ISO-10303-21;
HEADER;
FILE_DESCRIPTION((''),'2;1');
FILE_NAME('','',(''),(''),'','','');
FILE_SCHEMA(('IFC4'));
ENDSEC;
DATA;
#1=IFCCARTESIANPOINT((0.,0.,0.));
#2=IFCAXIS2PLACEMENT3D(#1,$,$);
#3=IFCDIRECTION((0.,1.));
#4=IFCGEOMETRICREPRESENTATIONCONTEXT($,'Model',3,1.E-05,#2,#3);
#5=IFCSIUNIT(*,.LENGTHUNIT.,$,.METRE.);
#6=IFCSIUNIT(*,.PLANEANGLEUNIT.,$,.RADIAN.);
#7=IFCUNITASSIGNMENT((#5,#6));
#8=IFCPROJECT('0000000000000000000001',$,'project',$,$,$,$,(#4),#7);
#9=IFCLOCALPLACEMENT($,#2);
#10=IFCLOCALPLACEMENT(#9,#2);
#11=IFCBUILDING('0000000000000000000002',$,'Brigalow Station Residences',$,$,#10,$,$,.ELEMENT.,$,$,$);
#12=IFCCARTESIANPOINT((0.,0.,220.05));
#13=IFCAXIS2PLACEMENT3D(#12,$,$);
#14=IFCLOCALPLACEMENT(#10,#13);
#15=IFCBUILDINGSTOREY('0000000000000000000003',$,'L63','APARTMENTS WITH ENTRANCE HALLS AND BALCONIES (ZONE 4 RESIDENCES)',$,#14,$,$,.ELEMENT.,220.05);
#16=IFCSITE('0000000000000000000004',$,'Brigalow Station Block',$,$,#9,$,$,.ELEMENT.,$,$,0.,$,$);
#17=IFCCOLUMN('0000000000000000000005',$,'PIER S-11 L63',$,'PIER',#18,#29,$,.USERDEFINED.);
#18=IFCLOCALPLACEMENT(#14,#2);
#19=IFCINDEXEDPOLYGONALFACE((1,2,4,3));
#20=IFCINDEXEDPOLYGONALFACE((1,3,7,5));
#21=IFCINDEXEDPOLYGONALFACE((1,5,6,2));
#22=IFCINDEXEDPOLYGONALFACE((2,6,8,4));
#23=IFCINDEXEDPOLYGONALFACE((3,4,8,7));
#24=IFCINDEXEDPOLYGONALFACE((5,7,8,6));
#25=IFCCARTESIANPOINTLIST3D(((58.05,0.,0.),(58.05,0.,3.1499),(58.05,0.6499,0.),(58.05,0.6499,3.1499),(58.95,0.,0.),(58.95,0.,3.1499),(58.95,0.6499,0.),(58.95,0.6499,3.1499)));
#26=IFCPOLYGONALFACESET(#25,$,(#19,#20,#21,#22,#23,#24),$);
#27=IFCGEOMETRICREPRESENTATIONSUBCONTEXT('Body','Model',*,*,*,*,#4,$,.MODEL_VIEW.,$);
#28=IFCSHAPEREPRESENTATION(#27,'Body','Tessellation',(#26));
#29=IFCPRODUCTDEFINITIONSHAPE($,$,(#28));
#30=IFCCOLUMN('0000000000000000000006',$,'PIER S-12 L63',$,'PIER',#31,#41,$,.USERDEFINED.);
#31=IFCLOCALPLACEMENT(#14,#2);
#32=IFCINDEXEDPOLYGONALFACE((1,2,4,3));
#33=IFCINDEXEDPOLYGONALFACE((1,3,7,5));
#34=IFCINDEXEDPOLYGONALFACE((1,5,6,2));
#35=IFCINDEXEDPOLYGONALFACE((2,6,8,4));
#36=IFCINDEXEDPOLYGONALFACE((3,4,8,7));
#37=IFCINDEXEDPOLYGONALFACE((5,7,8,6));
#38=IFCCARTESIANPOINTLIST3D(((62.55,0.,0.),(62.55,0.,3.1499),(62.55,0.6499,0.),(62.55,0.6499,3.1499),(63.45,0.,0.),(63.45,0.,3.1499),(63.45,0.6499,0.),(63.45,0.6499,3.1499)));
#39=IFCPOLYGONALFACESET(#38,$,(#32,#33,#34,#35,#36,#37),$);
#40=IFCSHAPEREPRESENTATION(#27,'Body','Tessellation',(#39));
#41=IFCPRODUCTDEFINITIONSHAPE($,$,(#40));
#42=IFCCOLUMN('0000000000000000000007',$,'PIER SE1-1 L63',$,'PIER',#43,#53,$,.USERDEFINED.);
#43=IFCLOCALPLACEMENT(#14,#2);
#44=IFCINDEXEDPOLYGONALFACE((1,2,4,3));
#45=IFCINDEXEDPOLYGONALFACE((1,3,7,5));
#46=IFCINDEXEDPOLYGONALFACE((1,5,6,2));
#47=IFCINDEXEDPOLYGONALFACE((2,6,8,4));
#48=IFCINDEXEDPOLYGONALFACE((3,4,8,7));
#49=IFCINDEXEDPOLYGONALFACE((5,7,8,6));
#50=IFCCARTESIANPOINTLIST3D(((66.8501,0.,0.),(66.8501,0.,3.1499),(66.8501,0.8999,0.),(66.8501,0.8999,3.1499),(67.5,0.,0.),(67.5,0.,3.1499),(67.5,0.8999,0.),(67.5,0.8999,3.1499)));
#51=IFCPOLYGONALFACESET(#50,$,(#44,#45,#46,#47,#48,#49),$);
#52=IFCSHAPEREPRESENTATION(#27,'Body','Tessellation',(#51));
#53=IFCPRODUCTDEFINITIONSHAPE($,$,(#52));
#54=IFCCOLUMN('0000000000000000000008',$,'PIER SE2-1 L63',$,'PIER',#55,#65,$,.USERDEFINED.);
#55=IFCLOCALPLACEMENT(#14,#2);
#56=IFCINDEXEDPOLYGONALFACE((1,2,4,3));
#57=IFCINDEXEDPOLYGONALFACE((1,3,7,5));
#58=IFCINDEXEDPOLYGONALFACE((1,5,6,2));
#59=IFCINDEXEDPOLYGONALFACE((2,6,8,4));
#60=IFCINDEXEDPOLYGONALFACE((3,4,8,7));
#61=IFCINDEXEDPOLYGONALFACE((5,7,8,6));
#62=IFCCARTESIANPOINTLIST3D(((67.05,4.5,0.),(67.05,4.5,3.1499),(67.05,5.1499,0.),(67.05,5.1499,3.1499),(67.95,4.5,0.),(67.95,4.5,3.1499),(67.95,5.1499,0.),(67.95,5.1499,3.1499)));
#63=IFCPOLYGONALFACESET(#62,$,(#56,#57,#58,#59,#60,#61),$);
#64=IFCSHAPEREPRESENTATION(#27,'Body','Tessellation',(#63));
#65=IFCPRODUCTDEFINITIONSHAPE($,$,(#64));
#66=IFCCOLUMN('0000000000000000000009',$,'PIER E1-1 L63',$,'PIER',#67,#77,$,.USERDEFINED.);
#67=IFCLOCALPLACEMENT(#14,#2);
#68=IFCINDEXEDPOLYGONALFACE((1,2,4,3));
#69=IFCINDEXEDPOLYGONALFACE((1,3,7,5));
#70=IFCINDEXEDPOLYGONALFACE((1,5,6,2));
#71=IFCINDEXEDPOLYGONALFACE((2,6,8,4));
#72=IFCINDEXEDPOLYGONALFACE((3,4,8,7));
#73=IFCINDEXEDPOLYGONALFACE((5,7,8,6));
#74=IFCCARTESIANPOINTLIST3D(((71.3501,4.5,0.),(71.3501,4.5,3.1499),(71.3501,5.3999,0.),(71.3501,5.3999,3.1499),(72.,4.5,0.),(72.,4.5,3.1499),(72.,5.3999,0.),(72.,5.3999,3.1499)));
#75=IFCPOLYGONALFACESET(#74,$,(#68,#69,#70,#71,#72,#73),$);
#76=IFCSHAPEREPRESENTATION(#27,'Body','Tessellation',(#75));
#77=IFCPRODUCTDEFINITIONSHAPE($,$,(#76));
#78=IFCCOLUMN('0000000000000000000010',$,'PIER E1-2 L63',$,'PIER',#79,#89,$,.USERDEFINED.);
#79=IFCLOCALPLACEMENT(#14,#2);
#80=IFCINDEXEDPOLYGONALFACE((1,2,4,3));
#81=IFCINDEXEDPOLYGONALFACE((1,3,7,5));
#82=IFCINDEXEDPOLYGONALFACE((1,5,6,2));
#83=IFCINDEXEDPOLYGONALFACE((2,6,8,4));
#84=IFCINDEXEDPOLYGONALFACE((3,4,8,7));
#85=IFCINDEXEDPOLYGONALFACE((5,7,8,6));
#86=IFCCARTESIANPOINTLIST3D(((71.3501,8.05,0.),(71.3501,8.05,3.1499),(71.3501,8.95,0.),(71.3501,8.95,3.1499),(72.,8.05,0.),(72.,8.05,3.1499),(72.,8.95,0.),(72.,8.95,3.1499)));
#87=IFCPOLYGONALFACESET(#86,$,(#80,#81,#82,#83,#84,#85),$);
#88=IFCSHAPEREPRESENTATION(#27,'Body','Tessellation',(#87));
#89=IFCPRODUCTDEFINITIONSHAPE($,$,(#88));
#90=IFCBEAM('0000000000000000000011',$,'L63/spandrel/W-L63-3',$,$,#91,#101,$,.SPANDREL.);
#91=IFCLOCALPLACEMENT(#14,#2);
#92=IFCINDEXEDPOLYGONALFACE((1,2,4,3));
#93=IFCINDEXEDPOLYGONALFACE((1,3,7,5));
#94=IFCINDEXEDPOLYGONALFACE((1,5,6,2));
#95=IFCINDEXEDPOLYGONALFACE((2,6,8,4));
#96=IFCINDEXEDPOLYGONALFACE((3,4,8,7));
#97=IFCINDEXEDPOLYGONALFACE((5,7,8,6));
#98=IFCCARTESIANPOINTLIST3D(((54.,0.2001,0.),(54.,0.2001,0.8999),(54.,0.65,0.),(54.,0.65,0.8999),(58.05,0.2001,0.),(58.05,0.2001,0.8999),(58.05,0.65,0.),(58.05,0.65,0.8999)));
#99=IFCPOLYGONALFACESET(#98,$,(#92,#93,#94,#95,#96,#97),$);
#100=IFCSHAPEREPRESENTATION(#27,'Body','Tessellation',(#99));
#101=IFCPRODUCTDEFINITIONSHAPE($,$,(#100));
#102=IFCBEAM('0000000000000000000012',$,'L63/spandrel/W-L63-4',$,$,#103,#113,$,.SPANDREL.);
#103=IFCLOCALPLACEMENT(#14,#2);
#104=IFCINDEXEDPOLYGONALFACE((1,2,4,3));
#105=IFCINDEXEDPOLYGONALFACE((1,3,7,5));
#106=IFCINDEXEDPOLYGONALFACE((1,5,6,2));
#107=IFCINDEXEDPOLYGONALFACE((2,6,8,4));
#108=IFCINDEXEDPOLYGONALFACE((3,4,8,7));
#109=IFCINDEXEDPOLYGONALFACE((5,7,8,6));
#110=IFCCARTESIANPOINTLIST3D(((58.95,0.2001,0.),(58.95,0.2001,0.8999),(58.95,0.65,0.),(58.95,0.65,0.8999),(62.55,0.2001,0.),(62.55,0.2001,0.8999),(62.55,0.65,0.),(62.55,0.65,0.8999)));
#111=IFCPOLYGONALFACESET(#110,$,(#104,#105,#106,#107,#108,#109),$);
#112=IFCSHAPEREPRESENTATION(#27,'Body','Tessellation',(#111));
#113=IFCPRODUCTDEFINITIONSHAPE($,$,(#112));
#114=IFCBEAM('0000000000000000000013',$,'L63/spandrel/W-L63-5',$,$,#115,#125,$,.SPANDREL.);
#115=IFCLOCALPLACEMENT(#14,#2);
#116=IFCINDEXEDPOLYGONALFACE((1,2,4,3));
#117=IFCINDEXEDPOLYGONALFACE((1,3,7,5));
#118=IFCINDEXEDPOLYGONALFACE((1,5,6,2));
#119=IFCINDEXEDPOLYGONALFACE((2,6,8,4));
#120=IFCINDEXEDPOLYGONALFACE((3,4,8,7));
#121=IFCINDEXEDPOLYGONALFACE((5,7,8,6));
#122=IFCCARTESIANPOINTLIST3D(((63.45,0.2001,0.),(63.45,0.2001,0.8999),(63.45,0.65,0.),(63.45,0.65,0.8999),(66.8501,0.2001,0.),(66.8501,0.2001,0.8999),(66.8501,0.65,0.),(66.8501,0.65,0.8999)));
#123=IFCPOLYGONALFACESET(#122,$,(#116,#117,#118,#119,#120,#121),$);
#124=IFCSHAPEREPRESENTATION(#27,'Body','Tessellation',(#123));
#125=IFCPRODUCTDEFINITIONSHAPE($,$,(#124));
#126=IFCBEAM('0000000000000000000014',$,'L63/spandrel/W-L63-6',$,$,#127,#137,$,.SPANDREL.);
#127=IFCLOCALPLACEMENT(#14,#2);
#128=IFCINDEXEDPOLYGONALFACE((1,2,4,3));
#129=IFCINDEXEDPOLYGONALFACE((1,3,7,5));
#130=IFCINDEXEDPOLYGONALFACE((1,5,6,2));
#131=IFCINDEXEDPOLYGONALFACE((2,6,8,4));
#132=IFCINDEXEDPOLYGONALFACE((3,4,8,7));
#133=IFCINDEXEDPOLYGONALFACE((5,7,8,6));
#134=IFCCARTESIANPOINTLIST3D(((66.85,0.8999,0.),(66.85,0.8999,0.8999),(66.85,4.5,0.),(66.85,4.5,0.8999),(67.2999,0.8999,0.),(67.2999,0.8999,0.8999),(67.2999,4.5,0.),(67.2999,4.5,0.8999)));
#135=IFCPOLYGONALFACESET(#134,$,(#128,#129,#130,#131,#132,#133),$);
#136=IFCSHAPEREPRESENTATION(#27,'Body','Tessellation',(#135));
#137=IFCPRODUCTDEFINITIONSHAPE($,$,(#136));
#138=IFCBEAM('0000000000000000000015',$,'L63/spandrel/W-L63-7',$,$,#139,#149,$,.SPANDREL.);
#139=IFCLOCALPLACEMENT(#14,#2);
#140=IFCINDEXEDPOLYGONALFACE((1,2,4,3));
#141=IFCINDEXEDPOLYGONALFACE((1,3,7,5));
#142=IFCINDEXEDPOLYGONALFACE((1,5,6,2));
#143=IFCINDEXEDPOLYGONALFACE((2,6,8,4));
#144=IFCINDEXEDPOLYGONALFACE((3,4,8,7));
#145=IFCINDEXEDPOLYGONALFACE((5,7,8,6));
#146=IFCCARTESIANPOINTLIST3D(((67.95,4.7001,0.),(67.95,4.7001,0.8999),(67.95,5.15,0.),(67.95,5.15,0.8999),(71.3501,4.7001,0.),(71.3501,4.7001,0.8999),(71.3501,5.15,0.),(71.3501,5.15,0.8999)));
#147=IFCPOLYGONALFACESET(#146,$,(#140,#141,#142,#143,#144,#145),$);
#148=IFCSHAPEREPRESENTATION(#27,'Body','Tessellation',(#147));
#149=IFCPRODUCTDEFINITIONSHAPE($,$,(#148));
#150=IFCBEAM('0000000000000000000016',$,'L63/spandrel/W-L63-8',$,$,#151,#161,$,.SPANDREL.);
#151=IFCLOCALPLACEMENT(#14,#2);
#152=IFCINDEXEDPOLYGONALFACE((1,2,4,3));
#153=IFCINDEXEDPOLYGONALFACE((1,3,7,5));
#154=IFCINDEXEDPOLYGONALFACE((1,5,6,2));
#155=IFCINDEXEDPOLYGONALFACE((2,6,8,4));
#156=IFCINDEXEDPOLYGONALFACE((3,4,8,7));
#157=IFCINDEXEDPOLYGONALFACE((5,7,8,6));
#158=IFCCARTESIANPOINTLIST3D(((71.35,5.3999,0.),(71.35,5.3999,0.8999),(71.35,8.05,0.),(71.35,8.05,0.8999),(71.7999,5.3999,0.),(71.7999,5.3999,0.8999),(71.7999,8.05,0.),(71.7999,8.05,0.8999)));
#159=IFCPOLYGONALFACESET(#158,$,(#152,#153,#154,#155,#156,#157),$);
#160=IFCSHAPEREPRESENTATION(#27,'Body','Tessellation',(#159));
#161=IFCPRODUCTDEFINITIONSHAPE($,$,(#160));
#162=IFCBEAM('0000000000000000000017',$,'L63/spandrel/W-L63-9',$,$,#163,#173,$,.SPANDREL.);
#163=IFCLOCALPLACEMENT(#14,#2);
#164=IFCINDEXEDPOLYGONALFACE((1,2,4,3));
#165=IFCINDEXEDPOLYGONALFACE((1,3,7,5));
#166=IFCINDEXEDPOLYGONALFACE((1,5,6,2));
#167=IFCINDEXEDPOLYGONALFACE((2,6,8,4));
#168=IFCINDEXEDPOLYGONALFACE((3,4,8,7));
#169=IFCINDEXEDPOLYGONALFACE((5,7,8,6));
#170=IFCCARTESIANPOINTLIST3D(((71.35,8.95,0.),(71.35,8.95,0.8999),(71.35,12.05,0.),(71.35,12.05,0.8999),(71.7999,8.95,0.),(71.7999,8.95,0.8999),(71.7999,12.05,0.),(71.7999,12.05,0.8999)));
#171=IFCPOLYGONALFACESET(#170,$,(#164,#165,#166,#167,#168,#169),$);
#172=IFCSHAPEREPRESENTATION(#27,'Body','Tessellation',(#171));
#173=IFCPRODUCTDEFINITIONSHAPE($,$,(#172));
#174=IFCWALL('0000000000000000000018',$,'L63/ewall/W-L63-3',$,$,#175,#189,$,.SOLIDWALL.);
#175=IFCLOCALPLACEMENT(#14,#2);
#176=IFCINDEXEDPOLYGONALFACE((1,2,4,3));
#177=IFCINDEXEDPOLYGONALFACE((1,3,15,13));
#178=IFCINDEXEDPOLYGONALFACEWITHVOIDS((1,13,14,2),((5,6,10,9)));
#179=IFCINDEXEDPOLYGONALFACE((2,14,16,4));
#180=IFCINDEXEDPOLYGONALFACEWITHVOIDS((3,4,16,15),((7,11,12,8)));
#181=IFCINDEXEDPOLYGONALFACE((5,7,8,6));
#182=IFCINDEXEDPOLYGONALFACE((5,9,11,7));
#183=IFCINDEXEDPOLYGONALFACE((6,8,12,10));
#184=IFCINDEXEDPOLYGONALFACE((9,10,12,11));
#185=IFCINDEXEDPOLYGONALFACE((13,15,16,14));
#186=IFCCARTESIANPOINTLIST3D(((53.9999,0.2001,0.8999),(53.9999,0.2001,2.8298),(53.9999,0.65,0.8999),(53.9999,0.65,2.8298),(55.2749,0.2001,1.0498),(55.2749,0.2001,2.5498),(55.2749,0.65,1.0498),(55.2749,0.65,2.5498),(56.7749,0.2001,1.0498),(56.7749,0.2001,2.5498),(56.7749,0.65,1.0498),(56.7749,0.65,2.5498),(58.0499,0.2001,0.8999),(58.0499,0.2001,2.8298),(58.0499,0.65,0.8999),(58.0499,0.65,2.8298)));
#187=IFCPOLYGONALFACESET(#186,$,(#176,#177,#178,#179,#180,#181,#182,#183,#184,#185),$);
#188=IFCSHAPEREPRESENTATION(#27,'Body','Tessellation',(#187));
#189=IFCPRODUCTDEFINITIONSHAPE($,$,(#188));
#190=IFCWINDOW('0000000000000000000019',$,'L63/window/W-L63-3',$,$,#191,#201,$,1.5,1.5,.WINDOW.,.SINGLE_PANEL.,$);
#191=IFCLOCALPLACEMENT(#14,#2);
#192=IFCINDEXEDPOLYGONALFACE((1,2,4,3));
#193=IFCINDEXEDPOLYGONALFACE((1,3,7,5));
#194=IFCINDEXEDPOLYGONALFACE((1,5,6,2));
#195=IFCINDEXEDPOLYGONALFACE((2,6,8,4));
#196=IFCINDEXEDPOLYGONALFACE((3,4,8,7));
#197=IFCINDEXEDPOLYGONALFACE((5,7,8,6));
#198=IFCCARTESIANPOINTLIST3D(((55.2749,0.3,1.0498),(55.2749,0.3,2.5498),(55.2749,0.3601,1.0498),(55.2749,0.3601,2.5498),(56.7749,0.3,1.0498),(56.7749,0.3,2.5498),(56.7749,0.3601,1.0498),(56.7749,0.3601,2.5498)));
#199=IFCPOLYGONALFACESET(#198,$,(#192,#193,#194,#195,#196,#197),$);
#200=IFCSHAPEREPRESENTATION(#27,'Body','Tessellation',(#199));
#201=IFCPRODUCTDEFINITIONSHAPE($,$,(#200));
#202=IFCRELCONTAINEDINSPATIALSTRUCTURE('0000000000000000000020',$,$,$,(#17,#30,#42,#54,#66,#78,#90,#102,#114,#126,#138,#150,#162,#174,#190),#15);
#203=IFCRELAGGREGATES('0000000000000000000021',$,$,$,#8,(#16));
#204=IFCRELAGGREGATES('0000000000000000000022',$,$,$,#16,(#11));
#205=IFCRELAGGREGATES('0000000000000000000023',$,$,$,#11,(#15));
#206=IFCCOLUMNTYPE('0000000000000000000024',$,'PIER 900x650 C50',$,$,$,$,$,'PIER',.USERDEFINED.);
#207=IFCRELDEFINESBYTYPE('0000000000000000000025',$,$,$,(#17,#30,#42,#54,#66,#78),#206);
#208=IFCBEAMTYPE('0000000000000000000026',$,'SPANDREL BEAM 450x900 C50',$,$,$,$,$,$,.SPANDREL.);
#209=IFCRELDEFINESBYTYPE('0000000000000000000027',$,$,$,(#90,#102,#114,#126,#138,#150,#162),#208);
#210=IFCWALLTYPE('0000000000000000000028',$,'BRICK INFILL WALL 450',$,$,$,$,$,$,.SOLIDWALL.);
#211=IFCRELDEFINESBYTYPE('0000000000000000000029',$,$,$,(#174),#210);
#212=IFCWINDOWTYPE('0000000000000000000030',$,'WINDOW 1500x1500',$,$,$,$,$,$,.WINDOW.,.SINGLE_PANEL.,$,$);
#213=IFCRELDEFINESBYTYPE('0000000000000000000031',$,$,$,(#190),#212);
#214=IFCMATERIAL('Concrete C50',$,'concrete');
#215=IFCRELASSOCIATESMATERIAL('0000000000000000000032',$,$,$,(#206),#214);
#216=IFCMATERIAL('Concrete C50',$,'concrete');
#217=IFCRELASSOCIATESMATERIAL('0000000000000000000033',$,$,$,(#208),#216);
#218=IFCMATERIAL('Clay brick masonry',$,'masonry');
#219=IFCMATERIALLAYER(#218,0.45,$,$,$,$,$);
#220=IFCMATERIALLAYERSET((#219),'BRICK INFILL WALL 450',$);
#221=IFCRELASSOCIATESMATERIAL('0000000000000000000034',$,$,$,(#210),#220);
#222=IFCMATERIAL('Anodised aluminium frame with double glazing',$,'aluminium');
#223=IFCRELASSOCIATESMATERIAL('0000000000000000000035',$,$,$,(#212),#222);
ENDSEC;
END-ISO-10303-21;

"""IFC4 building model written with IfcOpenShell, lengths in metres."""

from ifc_helpers import new_model, si_unit, direction, frame, frame_2d, origin, origin_2d, place, context, subcontext, project, spatial, rectangle, extrude, material, layer, layer_set, material_profile, profile_set, type_object, element, fill, save


model = new_model("IFC4")

# Units and contexts
model_context = context("Model", 3, precision=1e-05, world=origin(), true_north=direction((0.0, 1.0)))
body_context = subcontext(model_context, "Body", "Model", "MODEL_VIEW")
ifc_project = project(units=[si_unit("LENGTHUNIT", "METRE"), si_unit("PLANEANGLEUNIT", "RADIAN")], contexts=[model_context])

# Site, building, storey
site_placement = place(None, origin())
site = spatial("IfcSite", under=ifc_project, at=site_placement, Name="Brigalow Station Block", CompositionType="ELEMENT", RefElevation=0.0)
building_placement = place(site_placement, origin())
building = spatial("IfcBuilding", under=site, at=building_placement, Name="Brigalow Station Residences", CompositionType="ELEMENT")
storey_placement = place(building_placement, frame((0.0, 0.0, 220.05)))
storey = spatial("IfcBuildingStorey", under=building, at=storey_placement, Name="L63", Description="APARTMENTS WITH ENTRANCE HALLS AND BALCONIES (ZONE 4 RESIDENCES)", CompositionType="ELEMENT", Elevation=220.05)

# Columns
ifc_material_1 = material(Name="Concrete C50", Category="concrete")
ifc_material_profile_1 = material_profile(ifc_material_1, rectangle(XDim=0.8999, YDim=0.6499, at=origin_2d()), Name="RC900x650")
ifc_profile_set_1 = profile_set([ifc_material_profile_1], Name="Concrete C50")
column_type = type_object("IfcColumnType", Name="PIER 900x650 C50", ElementType="PIER", PredefinedType="USERDEFINED", material=ifc_profile_set_1)
for number, where, z_axis, x_axis, name in (
    (1, (58.5, 0.325, 0.0), (0.0, 0.0, 1.0), (1.0, 0.0, 0.0), "PIER S-11 L63"),
    (2, (63.0, 0.325, 0.0), (0.0, 0.0, 1.0), (1.0, 0.0, 0.0), "PIER S-12 L63"),
    (3, (67.175, 0.45, 0.0), (0.0, 0.0, 1.0), (0.0, 1.0, 0.0), "PIER SE1-1 L63"),
    (4, (67.5, 4.825, 0.0), (0.0, 0.0, 1.0), (1.0, 0.0, 0.0), "PIER SE2-1 L63"),
    (5, (71.675, 4.95, 0.0), (0.0, 0.0, 1.0), (0.0, 1.0, 0.0), "PIER E1-1 L63"),
    (6, (71.675, 8.5, 0.0), (0.0, 0.0, 1.0), (0.0, 1.0, 0.0), "PIER E1-2 L63"),
):
    element("IfcColumn", number, at=place(storey_placement, frame(where, z_axis=z_axis, x_axis=x_axis)), inside=storey, type_object=column_type, Name=name, ObjectType="PIER", PredefinedType="USERDEFINED", context=body_context, shape_type="SweptSolid", body=[
        extrude(rectangle(XDim=0.8999, YDim=0.6499, at=origin_2d()), origin(), (0.0, 0.0, 1.0), 3.1499),
    ])

# Beams
ifc_material_2 = material(Name="Concrete C50", Category="concrete")
ifc_material_profile_2 = material_profile(ifc_material_2, rectangle(XDim=0.45, YDim=0.8999, at=origin_2d()), Name="RC450x900")
ifc_profile_set_2 = profile_set([ifc_material_profile_2], Name="Concrete C50")
beam_type = type_object("IfcBeamType", Name="SPANDREL BEAM 450x900 C50", PredefinedType="SPANDREL", material=ifc_profile_set_2)
beam_1_placement = place(storey_placement, frame((54.0, 0.425, 0.45), z_axis=(1.0, 0.0, 0.0), x_axis=(0.0, 1.0, 0.0)))
element("IfcBeam", 7, at=beam_1_placement, inside=storey, type_object=beam_type, Name="L63/spandrel/W-L63-3", PredefinedType="SPANDREL", context=body_context, shape_type="SweptSolid", body=[
    extrude(rectangle(XDim=0.45, YDim=0.8999, at=origin_2d()), origin(), (0.0, 0.0, 1.0), 4.05),
])
beam_2_placement = place(storey_placement, frame((58.95, 0.425, 0.45), z_axis=(1.0, 0.0, 0.0), x_axis=(0.0, 1.0, 0.0)))
element("IfcBeam", 8, at=beam_2_placement, inside=storey, type_object=beam_type, Name="L63/spandrel/W-L63-4", PredefinedType="SPANDREL", context=body_context, shape_type="SweptSolid", body=[
    extrude(rectangle(XDim=0.45, YDim=0.8999, at=origin_2d()), origin(), (0.0, 0.0, 1.0), 3.6001),
])
beam_3_placement = place(storey_placement, frame((63.45, 0.425, 0.45), z_axis=(1.0, 0.0, 0.0), x_axis=(0.0, 1.0, 0.0)))
element("IfcBeam", 9, at=beam_3_placement, inside=storey, type_object=beam_type, Name="L63/spandrel/W-L63-5", PredefinedType="SPANDREL", context=body_context, shape_type="SweptSolid", body=[
    extrude(rectangle(XDim=0.45, YDim=0.8999, at=origin_2d()), origin(), (0.0, 0.0, 1.0), 3.4001),
])
beam_4_placement = place(storey_placement, frame((67.075, 0.8999, 0.45), z_axis=(0.0, 1.0, 0.0), x_axis=(-1.0, 0.0, 0.0)))
element("IfcBeam", 10, at=beam_4_placement, inside=storey, type_object=beam_type, Name="L63/spandrel/W-L63-6", PredefinedType="SPANDREL", context=body_context, shape_type="SweptSolid", body=[
    extrude(rectangle(XDim=0.45, YDim=0.8999, at=origin_2d()), origin(), (0.0, 0.0, 1.0), 3.6001),
])
beam_5_placement = place(storey_placement, frame((67.95, 4.925, 0.45), z_axis=(1.0, 0.0, 0.0), x_axis=(0.0, 1.0, 0.0)))
element("IfcBeam", 11, at=beam_5_placement, inside=storey, type_object=beam_type, Name="L63/spandrel/W-L63-7", PredefinedType="SPANDREL", context=body_context, shape_type="SweptSolid", body=[
    extrude(rectangle(XDim=0.45, YDim=0.8999, at=origin_2d()), origin(), (0.0, 0.0, 1.0), 3.4001),
])
beam_6_placement = place(storey_placement, frame((71.575, 5.3999, 0.45), z_axis=(0.0, 1.0, 0.0), x_axis=(-1.0, 0.0, 0.0)))
element("IfcBeam", 12, at=beam_6_placement, inside=storey, type_object=beam_type, Name="L63/spandrel/W-L63-8", PredefinedType="SPANDREL", context=body_context, shape_type="SweptSolid", body=[
    extrude(rectangle(XDim=0.45, YDim=0.8999, at=origin_2d()), origin(), (0.0, 0.0, 1.0), 2.6501),
])
beam_7_placement = place(storey_placement, frame((71.575, 8.95, 0.45), z_axis=(0.0, 1.0, 0.0), x_axis=(-1.0, 0.0, 0.0)))
element("IfcBeam", 13, at=beam_7_placement, inside=storey, type_object=beam_type, Name="L63/spandrel/W-L63-9", PredefinedType="SPANDREL", context=body_context, shape_type="SweptSolid", body=[
    extrude(rectangle(XDim=0.45, YDim=0.8999, at=origin_2d()), origin(), (0.0, 0.0, 1.0), 3.1001),
])

# Wall, opening, window
ifc_material_3 = material(Name="Clay brick masonry", Category="masonry")
ifc_layer_1 = layer(ifc_material_3, 0.45)
ifc_layer_set_1 = layer_set([ifc_layer_1], Name="BRICK INFILL WALL 450")
wall_type_1 = type_object("IfcWallType", Name="BRICK INFILL WALL 450", PredefinedType="SOLIDWALL", material=ifc_layer_set_1)
wall_1_placement = place(storey_placement, frame((54.0, 0.425, 0.8999), z_axis=(0.0, 0.0, 1.0), x_axis=(1.0, 0.0, 0.0)))
wall_1 = element("IfcWall", 14, at=wall_1_placement, inside=storey, type_object=wall_type_1, Name="L63/ewall/W-L63-3", PredefinedType="SOLIDWALL", context=body_context, shape_type="SweptSolid", body=[
    extrude(rectangle(XDim=4.05, YDim=0.45, at=frame_2d((2.0249, 0.0))), origin(), (0.0, 0.0, 1.0), 1.9299),
])
opening_1_placement = place(wall_1_placement, frame((1.2749, 0.0, 0.1499)))
opening_1 = element("IfcOpeningElement", 15, at=opening_1_placement, cuts=wall_1, PredefinedType="OPENING", context=body_context, shape_type="SweptSolid", body=[
    extrude(rectangle(XDim=1.5, YDim=1.5, at=frame_2d((0.75, 0.75))), frame((0.0, 0.2349, 0.0), z_axis=(0.0, -1.0, 0.0), x_axis=(1.0, 0.0, 0.0)), (0.0, 0.0, 1.0), 0.47),
])
ifc_material_4 = material(Name="Anodised aluminium frame with double glazing", Category="aluminium")
window_type_1 = type_object("IfcWindowType", Name="WINDOW 1500x1500", PartitioningType="SINGLE_PANEL", PredefinedType="WINDOW", material=ifc_material_4)
window_1_placement = place(opening_1_placement, origin())
window_1 = element("IfcWindow", 16, at=window_1_placement, inside=storey, type_object=window_type_1, Name="L63/window/W-L63-3", OverallHeight=1.5, OverallWidth=1.5, PartitioningType="SINGLE_PANEL", PredefinedType="WINDOW", context=body_context, shape_type="SweptSolid", body=[
    extrude(rectangle(XDim=1.5, YDim=1.5, at=frame_2d((0.75, 0.75))), frame((0.0, -0.0649, 0.0), z_axis=(0.0, -1.0, 0.0), x_axis=(1.0, 0.0, 0.0)), (0.0, 0.0, 1.0), 0.0601),
])
fill(opening_1, window_1)

save(model, "model.ifc")
